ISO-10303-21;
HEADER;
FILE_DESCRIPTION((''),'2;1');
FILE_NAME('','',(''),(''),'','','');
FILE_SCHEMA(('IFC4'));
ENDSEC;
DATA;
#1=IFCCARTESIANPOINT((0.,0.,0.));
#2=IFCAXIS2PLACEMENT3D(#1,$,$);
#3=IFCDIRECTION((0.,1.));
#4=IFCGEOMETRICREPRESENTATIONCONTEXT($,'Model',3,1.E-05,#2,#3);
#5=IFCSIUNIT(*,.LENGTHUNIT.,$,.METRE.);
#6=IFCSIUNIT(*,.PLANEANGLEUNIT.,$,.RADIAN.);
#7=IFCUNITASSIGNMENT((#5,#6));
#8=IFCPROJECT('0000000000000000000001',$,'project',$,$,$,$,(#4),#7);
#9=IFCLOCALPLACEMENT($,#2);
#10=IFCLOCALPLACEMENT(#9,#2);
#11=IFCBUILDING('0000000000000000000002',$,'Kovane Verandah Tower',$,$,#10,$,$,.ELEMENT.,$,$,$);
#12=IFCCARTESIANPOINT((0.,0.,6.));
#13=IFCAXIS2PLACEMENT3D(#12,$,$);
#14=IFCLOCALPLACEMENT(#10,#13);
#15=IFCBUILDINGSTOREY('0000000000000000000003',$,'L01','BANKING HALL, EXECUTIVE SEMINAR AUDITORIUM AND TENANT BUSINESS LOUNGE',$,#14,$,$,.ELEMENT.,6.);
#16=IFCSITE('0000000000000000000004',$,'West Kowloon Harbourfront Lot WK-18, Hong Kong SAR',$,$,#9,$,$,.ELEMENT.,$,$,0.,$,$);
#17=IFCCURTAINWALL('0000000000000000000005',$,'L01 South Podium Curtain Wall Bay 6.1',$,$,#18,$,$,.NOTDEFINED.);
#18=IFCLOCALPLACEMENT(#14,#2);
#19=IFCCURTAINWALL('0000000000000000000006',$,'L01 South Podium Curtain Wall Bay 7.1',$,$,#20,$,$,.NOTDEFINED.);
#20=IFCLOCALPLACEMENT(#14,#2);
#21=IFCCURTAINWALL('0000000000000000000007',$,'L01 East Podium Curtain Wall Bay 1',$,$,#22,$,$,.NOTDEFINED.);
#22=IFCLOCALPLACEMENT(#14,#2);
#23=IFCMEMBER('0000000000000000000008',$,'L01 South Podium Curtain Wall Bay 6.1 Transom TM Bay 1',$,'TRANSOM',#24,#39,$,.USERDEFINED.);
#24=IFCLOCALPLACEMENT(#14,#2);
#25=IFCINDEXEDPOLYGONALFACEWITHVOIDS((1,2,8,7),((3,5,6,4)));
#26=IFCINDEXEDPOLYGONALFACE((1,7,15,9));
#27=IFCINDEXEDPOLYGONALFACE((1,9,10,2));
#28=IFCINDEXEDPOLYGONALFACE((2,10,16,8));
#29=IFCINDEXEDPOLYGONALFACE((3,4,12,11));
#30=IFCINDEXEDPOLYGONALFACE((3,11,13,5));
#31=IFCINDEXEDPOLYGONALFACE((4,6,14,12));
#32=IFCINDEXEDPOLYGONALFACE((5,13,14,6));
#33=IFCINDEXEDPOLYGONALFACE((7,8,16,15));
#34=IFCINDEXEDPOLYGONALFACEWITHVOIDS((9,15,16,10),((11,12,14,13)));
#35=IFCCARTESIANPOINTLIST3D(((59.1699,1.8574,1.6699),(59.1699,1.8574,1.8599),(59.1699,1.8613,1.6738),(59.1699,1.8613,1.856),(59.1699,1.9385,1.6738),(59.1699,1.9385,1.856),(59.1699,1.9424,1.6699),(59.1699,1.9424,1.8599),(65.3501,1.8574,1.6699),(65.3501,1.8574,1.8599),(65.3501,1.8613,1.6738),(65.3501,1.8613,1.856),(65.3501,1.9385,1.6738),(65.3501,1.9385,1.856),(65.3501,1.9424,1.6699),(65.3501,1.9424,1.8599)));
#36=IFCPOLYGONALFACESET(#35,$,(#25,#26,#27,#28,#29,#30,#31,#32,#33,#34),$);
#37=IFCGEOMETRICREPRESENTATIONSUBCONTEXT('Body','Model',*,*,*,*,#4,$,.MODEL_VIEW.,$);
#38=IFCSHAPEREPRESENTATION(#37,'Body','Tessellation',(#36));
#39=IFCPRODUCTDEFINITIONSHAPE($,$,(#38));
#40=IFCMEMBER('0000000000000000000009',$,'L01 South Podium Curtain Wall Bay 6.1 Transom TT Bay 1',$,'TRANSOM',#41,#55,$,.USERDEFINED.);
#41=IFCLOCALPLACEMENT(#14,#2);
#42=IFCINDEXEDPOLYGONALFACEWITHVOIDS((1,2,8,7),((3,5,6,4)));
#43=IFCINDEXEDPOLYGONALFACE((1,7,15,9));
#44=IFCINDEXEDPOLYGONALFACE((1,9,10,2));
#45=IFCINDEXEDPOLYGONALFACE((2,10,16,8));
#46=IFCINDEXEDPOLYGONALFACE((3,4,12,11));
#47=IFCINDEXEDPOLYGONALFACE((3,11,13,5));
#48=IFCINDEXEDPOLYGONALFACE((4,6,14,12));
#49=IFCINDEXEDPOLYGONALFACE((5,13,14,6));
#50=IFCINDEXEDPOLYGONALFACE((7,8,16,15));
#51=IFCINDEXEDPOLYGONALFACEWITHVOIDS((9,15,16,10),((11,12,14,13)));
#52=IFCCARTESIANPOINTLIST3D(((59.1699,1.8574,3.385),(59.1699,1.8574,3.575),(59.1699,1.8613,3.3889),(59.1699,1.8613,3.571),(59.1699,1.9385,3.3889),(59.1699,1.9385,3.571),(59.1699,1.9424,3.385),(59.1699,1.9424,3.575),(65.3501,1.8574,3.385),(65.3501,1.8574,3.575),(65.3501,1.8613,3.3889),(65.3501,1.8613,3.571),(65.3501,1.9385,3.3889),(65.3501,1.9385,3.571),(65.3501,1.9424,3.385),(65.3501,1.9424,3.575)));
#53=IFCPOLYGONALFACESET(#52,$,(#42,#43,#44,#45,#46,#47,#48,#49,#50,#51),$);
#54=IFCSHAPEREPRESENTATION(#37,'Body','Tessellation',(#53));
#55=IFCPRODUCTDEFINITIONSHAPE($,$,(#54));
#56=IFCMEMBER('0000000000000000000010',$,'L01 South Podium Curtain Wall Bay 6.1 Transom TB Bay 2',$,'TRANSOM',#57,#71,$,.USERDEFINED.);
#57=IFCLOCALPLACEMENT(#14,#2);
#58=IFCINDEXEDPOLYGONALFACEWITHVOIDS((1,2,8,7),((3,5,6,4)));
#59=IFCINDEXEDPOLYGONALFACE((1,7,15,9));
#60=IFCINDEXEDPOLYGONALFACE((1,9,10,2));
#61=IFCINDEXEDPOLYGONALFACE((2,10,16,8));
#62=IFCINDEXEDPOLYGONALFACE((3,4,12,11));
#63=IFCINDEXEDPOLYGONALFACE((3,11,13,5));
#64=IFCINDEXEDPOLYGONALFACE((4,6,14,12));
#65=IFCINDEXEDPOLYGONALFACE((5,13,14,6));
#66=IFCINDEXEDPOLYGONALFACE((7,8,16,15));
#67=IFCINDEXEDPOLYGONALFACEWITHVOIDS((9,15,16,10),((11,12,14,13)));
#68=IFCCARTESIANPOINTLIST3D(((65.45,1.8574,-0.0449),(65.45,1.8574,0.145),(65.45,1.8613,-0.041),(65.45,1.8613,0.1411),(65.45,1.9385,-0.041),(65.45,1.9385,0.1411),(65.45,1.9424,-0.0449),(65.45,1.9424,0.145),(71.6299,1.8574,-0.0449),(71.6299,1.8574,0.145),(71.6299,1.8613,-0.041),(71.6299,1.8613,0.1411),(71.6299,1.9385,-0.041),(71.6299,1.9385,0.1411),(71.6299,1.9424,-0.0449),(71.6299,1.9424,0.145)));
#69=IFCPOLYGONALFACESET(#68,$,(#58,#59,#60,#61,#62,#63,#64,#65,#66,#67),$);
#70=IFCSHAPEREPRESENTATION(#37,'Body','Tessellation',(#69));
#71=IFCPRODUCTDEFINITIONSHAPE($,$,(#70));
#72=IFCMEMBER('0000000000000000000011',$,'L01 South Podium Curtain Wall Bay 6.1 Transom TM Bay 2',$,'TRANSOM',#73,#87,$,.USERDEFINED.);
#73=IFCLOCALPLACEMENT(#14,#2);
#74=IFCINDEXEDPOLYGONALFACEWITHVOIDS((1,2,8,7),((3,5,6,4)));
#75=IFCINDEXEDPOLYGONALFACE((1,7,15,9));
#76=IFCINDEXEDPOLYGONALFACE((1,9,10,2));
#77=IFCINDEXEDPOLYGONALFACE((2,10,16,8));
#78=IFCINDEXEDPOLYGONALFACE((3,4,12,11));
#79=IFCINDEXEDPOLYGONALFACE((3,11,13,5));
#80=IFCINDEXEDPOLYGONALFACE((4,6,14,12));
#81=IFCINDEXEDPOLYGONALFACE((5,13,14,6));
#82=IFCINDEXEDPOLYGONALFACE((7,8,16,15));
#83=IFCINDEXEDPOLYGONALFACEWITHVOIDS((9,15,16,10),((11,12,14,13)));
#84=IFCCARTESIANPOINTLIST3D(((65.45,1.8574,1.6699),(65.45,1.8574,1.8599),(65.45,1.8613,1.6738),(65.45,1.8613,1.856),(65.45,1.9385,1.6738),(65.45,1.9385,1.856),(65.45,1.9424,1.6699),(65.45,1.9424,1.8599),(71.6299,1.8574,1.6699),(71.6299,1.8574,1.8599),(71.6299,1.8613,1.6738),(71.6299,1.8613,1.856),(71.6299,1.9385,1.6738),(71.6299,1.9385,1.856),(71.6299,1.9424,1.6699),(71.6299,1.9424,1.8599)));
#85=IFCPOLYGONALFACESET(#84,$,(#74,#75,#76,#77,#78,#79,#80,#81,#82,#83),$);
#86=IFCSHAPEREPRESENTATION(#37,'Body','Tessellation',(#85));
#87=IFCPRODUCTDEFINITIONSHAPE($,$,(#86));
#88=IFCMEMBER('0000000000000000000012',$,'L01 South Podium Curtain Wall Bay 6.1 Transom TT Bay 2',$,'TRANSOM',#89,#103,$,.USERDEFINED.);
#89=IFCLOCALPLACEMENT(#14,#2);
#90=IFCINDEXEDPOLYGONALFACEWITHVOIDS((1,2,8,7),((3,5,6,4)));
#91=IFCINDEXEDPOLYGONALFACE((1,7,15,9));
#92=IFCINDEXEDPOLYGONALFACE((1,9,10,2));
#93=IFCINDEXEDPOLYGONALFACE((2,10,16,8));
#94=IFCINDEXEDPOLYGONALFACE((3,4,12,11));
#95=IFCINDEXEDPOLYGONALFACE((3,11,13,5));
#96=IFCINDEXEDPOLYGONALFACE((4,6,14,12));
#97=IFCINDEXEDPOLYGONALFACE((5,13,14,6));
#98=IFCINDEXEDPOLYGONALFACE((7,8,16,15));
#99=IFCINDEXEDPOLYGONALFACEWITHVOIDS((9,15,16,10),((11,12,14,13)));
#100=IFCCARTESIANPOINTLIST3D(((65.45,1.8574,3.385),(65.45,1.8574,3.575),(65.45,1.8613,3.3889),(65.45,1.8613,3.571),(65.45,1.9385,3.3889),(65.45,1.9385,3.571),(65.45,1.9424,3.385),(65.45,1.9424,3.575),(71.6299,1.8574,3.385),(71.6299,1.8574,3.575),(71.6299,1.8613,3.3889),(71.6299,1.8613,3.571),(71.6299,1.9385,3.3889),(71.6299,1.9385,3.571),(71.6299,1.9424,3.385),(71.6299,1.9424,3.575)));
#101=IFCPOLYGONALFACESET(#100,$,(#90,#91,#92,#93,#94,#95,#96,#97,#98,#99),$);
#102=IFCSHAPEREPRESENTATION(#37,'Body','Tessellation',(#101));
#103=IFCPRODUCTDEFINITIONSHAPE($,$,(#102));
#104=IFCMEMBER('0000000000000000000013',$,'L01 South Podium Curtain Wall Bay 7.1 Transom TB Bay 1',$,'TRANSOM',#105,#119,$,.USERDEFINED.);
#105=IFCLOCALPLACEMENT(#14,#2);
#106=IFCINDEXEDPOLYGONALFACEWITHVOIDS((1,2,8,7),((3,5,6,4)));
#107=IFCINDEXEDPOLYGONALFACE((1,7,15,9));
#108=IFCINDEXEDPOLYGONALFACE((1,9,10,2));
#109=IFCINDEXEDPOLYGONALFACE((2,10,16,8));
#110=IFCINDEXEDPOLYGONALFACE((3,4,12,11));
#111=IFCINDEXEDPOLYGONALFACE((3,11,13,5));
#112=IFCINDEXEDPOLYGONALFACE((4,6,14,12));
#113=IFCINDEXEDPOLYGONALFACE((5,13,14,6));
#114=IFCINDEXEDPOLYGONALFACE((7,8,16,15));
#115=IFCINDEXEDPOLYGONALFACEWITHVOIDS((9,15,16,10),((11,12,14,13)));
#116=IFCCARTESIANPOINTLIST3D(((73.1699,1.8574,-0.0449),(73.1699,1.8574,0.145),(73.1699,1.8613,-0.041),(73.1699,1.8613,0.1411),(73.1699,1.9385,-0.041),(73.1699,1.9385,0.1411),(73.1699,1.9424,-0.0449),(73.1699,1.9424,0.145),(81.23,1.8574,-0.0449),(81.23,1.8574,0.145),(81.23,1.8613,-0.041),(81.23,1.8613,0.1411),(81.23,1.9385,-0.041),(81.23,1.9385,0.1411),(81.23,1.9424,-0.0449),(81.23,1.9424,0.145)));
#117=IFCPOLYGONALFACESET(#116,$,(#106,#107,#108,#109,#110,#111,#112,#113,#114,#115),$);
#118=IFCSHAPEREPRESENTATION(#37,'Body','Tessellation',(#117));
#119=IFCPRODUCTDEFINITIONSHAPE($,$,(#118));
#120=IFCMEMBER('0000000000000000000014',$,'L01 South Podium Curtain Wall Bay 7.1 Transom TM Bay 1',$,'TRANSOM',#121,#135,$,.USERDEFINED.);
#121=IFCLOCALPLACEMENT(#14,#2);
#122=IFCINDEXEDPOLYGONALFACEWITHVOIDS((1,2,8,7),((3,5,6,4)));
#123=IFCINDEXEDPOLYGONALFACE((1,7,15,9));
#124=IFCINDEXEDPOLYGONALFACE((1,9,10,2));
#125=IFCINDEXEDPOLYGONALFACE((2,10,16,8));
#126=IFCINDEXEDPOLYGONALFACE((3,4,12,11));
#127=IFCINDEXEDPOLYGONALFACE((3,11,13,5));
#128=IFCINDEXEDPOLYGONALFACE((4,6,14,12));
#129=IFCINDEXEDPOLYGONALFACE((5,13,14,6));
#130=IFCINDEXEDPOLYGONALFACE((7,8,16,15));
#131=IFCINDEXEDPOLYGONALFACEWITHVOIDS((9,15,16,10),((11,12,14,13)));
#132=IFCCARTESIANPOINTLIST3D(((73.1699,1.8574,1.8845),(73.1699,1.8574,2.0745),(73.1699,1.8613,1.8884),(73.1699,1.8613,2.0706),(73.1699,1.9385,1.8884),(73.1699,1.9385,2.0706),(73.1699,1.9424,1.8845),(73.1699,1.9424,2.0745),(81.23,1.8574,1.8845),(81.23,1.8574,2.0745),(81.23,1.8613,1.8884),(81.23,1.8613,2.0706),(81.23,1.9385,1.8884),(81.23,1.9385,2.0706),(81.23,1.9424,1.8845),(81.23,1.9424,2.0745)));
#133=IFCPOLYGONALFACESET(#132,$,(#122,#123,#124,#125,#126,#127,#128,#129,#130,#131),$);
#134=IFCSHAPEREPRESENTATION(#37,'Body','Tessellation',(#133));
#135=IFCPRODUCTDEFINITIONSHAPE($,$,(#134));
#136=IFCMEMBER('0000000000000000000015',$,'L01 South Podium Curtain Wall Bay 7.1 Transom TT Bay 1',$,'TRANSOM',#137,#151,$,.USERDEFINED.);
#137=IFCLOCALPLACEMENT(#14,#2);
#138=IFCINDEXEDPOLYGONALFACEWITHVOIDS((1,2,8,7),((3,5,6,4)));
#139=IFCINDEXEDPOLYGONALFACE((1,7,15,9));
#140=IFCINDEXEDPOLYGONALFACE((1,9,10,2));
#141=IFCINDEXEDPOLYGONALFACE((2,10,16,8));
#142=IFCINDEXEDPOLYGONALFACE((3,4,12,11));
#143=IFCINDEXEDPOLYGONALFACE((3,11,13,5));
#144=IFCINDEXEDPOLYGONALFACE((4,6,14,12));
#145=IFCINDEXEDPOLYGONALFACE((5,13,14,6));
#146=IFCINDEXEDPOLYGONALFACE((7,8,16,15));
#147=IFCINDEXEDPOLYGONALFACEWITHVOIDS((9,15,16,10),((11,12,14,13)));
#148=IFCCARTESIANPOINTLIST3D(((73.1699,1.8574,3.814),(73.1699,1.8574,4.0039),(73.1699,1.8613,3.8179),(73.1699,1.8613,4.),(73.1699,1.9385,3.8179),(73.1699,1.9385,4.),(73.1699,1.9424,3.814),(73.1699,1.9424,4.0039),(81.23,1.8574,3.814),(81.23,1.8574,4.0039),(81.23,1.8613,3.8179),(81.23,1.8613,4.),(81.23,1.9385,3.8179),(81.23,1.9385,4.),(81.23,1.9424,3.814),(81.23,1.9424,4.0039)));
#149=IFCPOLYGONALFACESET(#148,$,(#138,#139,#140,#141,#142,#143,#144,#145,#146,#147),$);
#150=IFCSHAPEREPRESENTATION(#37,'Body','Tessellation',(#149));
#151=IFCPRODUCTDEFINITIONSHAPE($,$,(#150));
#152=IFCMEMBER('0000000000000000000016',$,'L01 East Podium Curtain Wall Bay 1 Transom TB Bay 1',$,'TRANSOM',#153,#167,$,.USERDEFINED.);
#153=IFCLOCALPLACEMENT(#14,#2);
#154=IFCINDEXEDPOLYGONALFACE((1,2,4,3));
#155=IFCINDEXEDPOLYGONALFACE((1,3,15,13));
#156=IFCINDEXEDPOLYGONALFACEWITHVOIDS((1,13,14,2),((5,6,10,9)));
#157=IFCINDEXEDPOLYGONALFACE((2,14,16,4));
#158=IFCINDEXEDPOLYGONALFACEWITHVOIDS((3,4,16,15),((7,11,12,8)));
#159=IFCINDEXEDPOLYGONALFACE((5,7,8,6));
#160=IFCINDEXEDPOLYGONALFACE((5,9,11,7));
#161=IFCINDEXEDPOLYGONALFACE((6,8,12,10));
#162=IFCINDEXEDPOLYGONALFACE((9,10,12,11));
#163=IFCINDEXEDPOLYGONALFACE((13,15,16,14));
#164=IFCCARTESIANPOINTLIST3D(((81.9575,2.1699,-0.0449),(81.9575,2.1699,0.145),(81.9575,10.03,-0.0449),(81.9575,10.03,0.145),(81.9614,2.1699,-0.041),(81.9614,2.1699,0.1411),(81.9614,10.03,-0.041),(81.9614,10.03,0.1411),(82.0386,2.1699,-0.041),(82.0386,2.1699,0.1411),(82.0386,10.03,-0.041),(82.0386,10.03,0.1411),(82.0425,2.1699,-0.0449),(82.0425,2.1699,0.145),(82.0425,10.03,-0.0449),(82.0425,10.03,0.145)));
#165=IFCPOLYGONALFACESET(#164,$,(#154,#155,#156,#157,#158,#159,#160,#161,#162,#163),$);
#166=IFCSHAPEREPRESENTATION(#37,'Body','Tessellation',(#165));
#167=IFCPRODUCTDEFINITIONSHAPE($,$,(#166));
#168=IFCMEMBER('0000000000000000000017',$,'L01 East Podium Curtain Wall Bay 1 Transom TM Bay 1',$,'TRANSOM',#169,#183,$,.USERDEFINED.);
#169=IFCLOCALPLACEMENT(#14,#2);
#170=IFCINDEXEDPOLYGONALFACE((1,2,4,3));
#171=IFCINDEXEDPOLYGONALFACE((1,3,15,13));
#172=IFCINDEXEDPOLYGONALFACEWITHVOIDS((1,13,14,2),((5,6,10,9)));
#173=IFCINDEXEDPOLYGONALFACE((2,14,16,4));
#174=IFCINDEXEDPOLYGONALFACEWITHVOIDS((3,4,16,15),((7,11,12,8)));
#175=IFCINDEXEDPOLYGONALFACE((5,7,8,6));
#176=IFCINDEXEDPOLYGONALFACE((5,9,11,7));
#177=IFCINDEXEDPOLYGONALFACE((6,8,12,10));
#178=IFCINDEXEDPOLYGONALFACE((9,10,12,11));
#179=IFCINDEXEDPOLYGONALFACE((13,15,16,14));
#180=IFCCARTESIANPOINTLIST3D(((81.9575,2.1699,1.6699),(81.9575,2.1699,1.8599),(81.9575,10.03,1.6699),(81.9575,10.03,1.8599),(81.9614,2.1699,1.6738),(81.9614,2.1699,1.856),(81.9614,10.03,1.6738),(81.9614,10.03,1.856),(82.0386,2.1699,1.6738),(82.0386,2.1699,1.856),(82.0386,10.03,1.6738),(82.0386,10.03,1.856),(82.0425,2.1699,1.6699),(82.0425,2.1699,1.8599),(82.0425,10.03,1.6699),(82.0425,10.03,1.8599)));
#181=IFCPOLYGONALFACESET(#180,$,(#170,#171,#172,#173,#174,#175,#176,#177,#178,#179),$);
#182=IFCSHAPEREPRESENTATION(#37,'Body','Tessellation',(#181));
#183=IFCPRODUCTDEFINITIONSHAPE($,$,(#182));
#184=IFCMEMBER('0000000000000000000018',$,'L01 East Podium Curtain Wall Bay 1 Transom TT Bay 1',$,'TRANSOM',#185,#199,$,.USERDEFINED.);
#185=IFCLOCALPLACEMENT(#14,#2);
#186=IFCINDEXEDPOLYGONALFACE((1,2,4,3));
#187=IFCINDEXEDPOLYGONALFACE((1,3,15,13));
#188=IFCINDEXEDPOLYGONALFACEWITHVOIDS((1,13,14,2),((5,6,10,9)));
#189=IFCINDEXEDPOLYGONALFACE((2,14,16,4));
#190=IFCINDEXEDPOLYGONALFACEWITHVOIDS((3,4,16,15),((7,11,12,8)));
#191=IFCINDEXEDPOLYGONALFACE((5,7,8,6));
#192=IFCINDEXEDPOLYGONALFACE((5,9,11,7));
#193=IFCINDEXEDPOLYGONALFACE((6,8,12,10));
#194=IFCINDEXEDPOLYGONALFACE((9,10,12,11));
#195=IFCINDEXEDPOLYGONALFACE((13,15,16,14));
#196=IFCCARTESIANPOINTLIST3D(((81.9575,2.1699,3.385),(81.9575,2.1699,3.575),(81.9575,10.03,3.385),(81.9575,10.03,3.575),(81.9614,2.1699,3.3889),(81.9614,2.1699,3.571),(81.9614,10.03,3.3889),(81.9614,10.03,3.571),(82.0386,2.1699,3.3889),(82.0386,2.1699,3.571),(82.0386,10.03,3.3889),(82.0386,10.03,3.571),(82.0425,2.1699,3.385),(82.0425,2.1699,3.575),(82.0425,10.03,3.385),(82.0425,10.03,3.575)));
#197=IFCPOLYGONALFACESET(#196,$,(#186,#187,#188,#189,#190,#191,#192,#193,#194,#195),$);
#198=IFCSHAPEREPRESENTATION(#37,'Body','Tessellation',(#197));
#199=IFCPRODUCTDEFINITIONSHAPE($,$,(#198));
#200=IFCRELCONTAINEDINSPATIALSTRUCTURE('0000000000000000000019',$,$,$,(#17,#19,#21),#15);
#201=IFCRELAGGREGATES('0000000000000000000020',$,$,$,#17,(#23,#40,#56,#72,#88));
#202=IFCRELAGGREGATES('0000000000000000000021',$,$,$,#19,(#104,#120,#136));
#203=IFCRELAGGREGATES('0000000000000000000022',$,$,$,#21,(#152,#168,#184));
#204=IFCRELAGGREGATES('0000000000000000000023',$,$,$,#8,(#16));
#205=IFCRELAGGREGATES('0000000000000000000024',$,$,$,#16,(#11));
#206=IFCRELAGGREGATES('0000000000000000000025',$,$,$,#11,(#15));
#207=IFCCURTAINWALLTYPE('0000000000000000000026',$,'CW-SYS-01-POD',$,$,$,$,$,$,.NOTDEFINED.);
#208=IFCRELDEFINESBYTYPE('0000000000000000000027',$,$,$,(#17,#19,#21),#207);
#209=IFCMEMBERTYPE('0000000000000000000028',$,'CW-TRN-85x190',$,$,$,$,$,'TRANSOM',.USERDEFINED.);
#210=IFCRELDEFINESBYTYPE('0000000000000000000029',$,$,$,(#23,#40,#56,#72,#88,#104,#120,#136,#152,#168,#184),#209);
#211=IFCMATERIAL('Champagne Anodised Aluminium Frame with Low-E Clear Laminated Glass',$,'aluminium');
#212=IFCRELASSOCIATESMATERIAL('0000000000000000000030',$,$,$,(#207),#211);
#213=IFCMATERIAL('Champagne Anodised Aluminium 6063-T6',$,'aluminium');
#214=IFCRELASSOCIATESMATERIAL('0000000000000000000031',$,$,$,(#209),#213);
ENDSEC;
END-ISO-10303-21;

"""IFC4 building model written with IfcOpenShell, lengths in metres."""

from ifc_helpers import new_model, si_unit, direction, frame, origin, origin_2d, place, context, subcontext, project, spatial, hollow_rectangle, extrude, material, material_profile, profile_set, type_object, element, aggregate, save


model = new_model("IFC4")

# Units and contexts
model_context = context("Model", 3, precision=1e-05, world=origin(), true_north=direction((0.0, 1.0)))
body_context = subcontext(model_context, "Body", "Model", "MODEL_VIEW")
ifc_project = project(units=[si_unit("LENGTHUNIT", "METRE"), si_unit("PLANEANGLEUNIT", "RADIAN")], contexts=[model_context])

# Site, building, storey
site_placement = place(None, origin())
site = spatial("IfcSite", under=ifc_project, at=site_placement, Name="West Kowloon Harbourfront Lot WK-18, Hong Kong SAR", CompositionType="ELEMENT", RefElevation=0.0)
building_placement = place(site_placement, origin())
building = spatial("IfcBuilding", under=site, at=building_placement, Name="Kovane Verandah Tower", CompositionType="ELEMENT")
storey_placement = place(building_placement, frame((0.0, 0.0, 6.0)))
storey = spatial("IfcBuildingStorey", under=building, at=storey_placement, Name="L01", Description="BANKING HALL, EXECUTIVE SEMINAR AUDITORIUM AND TENANT BUSINESS LOUNGE", CompositionType="ELEMENT", Elevation=6.0)

# Curtain walls
ifc_material_1 = material(Name="Champagne Anodised Aluminium Frame with Low-E Clear Laminated Glass", Category="aluminium")
curtain_wall_type = type_object("IfcCurtainWallType", Name="CW-SYS-01-POD", PredefinedType="NOTDEFINED", material=ifc_material_1)
curtain_wall_1_placement = place(storey_placement, origin())
curtain_wall_1 = element("IfcCurtainWall", 1, at=curtain_wall_1_placement, inside=storey, type_object=curtain_wall_type, Name="L01 South Podium Curtain Wall Bay 6.1", PredefinedType="NOTDEFINED")
ifc_material_2 = material(Name="Champagne Anodised Aluminium 6063-T6", Category="aluminium")
curtain_wall_2_placement = place(storey_placement, origin())
curtain_wall_2 = element("IfcCurtainWall", 2, at=curtain_wall_2_placement, inside=storey, type_object=curtain_wall_type, Name="L01 South Podium Curtain Wall Bay 7.1", PredefinedType="NOTDEFINED")
curtain_wall_3_placement = place(storey_placement, origin())
curtain_wall_3 = element("IfcCurtainWall", 3, at=curtain_wall_3_placement, inside=storey, type_object=curtain_wall_type, Name="L01 East Podium Curtain Wall Bay 1", PredefinedType="NOTDEFINED")

# Members
ifc_material_profile_1 = material_profile(ifc_material_2, hollow_rectangle(XDim=0.085, YDim=0.1899, WallThickness=0.0039, at=origin_2d()), Name="AL85x190x4")
ifc_profile_set_1 = profile_set([ifc_material_profile_1], Name="Champagne Anodised Aluminium 6063-T6")
member_type_1 = type_object("IfcMemberType", Name="CW-TRN-85x190", ElementType="TRANSOM", PredefinedType="USERDEFINED", material=ifc_profile_set_1)
member_1_placement = place(storey_placement, frame((59.1699, 1.8999, 1.7649), z_axis=(1.0, 0.0, 0.0), x_axis=(0.0, 1.0, 0.0)))
member_1 = element("IfcMember", 4, at=member_1_placement, type_object=member_type_1, Name="L01 South Podium Curtain Wall Bay 6.1 Transom TM Bay 1", ObjectType="TRANSOM", PredefinedType="USERDEFINED", context=body_context, shape_type="SweptSolid", body=[
    extrude(hollow_rectangle(XDim=0.085, YDim=0.1899, WallThickness=0.0039, at=origin_2d()), origin(), (0.0, 0.0, 1.0), 6.1802),
])
member_2_placement = place(storey_placement, frame((59.1699, 1.8999, 3.48), z_axis=(1.0, 0.0, 0.0), x_axis=(0.0, 1.0, 0.0)))
member_2 = element("IfcMember", 5, at=member_2_placement, type_object=member_type_1, Name="L01 South Podium Curtain Wall Bay 6.1 Transom TT Bay 1", ObjectType="TRANSOM", PredefinedType="USERDEFINED", context=body_context, shape_type="SweptSolid", body=[
    extrude(hollow_rectangle(XDim=0.085, YDim=0.1899, WallThickness=0.0039, at=origin_2d()), origin(), (0.0, 0.0, 1.0), 6.1802),
])
member_3_placement = place(storey_placement, frame((65.45, 1.8999, 0.05), z_axis=(1.0, 0.0, 0.0), x_axis=(0.0, 1.0, 0.0)))
member_3 = element("IfcMember", 6, at=member_3_placement, type_object=member_type_1, Name="L01 South Podium Curtain Wall Bay 6.1 Transom TB Bay 2", ObjectType="TRANSOM", PredefinedType="USERDEFINED", context=body_context, shape_type="SweptSolid", body=[
    extrude(hollow_rectangle(XDim=0.085, YDim=0.1899, WallThickness=0.0039, at=origin_2d()), origin(), (0.0, 0.0, 1.0), 6.1799),
])
member_4_placement = place(storey_placement, frame((65.45, 1.8999, 1.7649), z_axis=(1.0, 0.0, 0.0), x_axis=(0.0, 1.0, 0.0)))
member_4 = element("IfcMember", 7, at=member_4_placement, type_object=member_type_1, Name="L01 South Podium Curtain Wall Bay 6.1 Transom TM Bay 2", ObjectType="TRANSOM", PredefinedType="USERDEFINED", context=body_context, shape_type="SweptSolid", body=[
    extrude(hollow_rectangle(XDim=0.085, YDim=0.1899, WallThickness=0.0039, at=origin_2d()), origin(), (0.0, 0.0, 1.0), 6.1799),
])
member_5_placement = place(storey_placement, frame((65.45, 1.8999, 3.48), z_axis=(1.0, 0.0, 0.0), x_axis=(0.0, 1.0, 0.0)))
member_5 = element("IfcMember", 8, at=member_5_placement, type_object=member_type_1, Name="L01 South Podium Curtain Wall Bay 6.1 Transom TT Bay 2", ObjectType="TRANSOM", PredefinedType="USERDEFINED", context=body_context, shape_type="SweptSolid", body=[
    extrude(hollow_rectangle(XDim=0.085, YDim=0.1899, WallThickness=0.0039, at=origin_2d()), origin(), (0.0, 0.0, 1.0), 6.1799),
])
member_6_placement = place(storey_placement, frame((73.1699, 1.8999, 0.05), z_axis=(1.0, 0.0, 0.0), x_axis=(0.0, 1.0, 0.0)))
member_6 = element("IfcMember", 9, at=member_6_placement, type_object=member_type_1, Name="L01 South Podium Curtain Wall Bay 7.1 Transom TB Bay 1", ObjectType="TRANSOM", PredefinedType="USERDEFINED", context=body_context, shape_type="SweptSolid", body=[
    extrude(hollow_rectangle(XDim=0.085, YDim=0.1899, WallThickness=0.0039, at=origin_2d()), origin(), (0.0, 0.0, 1.0), 8.0601),
])
member_7_placement = place(storey_placement, frame((73.1699, 1.8999, 1.9795), z_axis=(1.0, 0.0, 0.0), x_axis=(0.0, 1.0, 0.0)))
member_7 = element("IfcMember", 10, at=member_7_placement, type_object=member_type_1, Name="L01 South Podium Curtain Wall Bay 7.1 Transom TM Bay 1", ObjectType="TRANSOM", PredefinedType="USERDEFINED", context=body_context, shape_type="SweptSolid", body=[
    extrude(hollow_rectangle(XDim=0.085, YDim=0.1899, WallThickness=0.0039, at=origin_2d()), origin(), (0.0, 0.0, 1.0), 8.0601),
])
member_8_placement = place(storey_placement, frame((73.1699, 1.8999, 3.9089), z_axis=(1.0, 0.0, 0.0), x_axis=(0.0, 1.0, 0.0)))
member_8 = element("IfcMember", 11, at=member_8_placement, type_object=member_type_1, Name="L01 South Podium Curtain Wall Bay 7.1 Transom TT Bay 1", ObjectType="TRANSOM", PredefinedType="USERDEFINED", context=body_context, shape_type="SweptSolid", body=[
    extrude(hollow_rectangle(XDim=0.085, YDim=0.1899, WallThickness=0.0039, at=origin_2d()), origin(), (0.0, 0.0, 1.0), 8.0601),
])
member_9_placement = place(storey_placement, frame((82.0, 2.1699, 0.05), z_axis=(0.0, 1.0, 0.0), x_axis=(-1.0, 0.0, 0.0)))
member_9 = element("IfcMember", 12, at=member_9_placement, type_object=member_type_1, Name="L01 East Podium Curtain Wall Bay 1 Transom TB Bay 1", ObjectType="TRANSOM", PredefinedType="USERDEFINED", context=body_context, shape_type="SweptSolid", body=[
    extrude(hollow_rectangle(XDim=0.085, YDim=0.1899, WallThickness=0.0039, at=origin_2d()), origin(), (0.0, 0.0, 1.0), 7.8601),
])
member_10_placement = place(storey_placement, frame((82.0, 2.1699, 1.7649), z_axis=(0.0, 1.0, 0.0), x_axis=(-1.0, 0.0, 0.0)))
member_10 = element("IfcMember", 13, at=member_10_placement, type_object=member_type_1, Name="L01 East Podium Curtain Wall Bay 1 Transom TM Bay 1", ObjectType="TRANSOM", PredefinedType="USERDEFINED", context=body_context, shape_type="SweptSolid", body=[
    extrude(hollow_rectangle(XDim=0.085, YDim=0.1899, WallThickness=0.0039, at=origin_2d()), origin(), (0.0, 0.0, 1.0), 7.8601),
])
member_11_placement = place(storey_placement, frame((82.0, 2.1699, 3.48), z_axis=(0.0, 1.0, 0.0), x_axis=(-1.0, 0.0, 0.0)))
member_11 = element("IfcMember", 14, at=member_11_placement, type_object=member_type_1, Name="L01 East Podium Curtain Wall Bay 1 Transom TT Bay 1", ObjectType="TRANSOM", PredefinedType="USERDEFINED", context=body_context, shape_type="SweptSolid", body=[
    extrude(hollow_rectangle(XDim=0.085, YDim=0.1899, WallThickness=0.0039, at=origin_2d()), origin(), (0.0, 0.0, 1.0), 7.8601),
])

aggregate(curtain_wall_1, [member_1, member_2, member_3, member_4, member_5])
aggregate(curtain_wall_2, [member_6, member_7, member_8])
aggregate(curtain_wall_3, [member_9, member_10, member_11])

save(model, "model.ifc")
